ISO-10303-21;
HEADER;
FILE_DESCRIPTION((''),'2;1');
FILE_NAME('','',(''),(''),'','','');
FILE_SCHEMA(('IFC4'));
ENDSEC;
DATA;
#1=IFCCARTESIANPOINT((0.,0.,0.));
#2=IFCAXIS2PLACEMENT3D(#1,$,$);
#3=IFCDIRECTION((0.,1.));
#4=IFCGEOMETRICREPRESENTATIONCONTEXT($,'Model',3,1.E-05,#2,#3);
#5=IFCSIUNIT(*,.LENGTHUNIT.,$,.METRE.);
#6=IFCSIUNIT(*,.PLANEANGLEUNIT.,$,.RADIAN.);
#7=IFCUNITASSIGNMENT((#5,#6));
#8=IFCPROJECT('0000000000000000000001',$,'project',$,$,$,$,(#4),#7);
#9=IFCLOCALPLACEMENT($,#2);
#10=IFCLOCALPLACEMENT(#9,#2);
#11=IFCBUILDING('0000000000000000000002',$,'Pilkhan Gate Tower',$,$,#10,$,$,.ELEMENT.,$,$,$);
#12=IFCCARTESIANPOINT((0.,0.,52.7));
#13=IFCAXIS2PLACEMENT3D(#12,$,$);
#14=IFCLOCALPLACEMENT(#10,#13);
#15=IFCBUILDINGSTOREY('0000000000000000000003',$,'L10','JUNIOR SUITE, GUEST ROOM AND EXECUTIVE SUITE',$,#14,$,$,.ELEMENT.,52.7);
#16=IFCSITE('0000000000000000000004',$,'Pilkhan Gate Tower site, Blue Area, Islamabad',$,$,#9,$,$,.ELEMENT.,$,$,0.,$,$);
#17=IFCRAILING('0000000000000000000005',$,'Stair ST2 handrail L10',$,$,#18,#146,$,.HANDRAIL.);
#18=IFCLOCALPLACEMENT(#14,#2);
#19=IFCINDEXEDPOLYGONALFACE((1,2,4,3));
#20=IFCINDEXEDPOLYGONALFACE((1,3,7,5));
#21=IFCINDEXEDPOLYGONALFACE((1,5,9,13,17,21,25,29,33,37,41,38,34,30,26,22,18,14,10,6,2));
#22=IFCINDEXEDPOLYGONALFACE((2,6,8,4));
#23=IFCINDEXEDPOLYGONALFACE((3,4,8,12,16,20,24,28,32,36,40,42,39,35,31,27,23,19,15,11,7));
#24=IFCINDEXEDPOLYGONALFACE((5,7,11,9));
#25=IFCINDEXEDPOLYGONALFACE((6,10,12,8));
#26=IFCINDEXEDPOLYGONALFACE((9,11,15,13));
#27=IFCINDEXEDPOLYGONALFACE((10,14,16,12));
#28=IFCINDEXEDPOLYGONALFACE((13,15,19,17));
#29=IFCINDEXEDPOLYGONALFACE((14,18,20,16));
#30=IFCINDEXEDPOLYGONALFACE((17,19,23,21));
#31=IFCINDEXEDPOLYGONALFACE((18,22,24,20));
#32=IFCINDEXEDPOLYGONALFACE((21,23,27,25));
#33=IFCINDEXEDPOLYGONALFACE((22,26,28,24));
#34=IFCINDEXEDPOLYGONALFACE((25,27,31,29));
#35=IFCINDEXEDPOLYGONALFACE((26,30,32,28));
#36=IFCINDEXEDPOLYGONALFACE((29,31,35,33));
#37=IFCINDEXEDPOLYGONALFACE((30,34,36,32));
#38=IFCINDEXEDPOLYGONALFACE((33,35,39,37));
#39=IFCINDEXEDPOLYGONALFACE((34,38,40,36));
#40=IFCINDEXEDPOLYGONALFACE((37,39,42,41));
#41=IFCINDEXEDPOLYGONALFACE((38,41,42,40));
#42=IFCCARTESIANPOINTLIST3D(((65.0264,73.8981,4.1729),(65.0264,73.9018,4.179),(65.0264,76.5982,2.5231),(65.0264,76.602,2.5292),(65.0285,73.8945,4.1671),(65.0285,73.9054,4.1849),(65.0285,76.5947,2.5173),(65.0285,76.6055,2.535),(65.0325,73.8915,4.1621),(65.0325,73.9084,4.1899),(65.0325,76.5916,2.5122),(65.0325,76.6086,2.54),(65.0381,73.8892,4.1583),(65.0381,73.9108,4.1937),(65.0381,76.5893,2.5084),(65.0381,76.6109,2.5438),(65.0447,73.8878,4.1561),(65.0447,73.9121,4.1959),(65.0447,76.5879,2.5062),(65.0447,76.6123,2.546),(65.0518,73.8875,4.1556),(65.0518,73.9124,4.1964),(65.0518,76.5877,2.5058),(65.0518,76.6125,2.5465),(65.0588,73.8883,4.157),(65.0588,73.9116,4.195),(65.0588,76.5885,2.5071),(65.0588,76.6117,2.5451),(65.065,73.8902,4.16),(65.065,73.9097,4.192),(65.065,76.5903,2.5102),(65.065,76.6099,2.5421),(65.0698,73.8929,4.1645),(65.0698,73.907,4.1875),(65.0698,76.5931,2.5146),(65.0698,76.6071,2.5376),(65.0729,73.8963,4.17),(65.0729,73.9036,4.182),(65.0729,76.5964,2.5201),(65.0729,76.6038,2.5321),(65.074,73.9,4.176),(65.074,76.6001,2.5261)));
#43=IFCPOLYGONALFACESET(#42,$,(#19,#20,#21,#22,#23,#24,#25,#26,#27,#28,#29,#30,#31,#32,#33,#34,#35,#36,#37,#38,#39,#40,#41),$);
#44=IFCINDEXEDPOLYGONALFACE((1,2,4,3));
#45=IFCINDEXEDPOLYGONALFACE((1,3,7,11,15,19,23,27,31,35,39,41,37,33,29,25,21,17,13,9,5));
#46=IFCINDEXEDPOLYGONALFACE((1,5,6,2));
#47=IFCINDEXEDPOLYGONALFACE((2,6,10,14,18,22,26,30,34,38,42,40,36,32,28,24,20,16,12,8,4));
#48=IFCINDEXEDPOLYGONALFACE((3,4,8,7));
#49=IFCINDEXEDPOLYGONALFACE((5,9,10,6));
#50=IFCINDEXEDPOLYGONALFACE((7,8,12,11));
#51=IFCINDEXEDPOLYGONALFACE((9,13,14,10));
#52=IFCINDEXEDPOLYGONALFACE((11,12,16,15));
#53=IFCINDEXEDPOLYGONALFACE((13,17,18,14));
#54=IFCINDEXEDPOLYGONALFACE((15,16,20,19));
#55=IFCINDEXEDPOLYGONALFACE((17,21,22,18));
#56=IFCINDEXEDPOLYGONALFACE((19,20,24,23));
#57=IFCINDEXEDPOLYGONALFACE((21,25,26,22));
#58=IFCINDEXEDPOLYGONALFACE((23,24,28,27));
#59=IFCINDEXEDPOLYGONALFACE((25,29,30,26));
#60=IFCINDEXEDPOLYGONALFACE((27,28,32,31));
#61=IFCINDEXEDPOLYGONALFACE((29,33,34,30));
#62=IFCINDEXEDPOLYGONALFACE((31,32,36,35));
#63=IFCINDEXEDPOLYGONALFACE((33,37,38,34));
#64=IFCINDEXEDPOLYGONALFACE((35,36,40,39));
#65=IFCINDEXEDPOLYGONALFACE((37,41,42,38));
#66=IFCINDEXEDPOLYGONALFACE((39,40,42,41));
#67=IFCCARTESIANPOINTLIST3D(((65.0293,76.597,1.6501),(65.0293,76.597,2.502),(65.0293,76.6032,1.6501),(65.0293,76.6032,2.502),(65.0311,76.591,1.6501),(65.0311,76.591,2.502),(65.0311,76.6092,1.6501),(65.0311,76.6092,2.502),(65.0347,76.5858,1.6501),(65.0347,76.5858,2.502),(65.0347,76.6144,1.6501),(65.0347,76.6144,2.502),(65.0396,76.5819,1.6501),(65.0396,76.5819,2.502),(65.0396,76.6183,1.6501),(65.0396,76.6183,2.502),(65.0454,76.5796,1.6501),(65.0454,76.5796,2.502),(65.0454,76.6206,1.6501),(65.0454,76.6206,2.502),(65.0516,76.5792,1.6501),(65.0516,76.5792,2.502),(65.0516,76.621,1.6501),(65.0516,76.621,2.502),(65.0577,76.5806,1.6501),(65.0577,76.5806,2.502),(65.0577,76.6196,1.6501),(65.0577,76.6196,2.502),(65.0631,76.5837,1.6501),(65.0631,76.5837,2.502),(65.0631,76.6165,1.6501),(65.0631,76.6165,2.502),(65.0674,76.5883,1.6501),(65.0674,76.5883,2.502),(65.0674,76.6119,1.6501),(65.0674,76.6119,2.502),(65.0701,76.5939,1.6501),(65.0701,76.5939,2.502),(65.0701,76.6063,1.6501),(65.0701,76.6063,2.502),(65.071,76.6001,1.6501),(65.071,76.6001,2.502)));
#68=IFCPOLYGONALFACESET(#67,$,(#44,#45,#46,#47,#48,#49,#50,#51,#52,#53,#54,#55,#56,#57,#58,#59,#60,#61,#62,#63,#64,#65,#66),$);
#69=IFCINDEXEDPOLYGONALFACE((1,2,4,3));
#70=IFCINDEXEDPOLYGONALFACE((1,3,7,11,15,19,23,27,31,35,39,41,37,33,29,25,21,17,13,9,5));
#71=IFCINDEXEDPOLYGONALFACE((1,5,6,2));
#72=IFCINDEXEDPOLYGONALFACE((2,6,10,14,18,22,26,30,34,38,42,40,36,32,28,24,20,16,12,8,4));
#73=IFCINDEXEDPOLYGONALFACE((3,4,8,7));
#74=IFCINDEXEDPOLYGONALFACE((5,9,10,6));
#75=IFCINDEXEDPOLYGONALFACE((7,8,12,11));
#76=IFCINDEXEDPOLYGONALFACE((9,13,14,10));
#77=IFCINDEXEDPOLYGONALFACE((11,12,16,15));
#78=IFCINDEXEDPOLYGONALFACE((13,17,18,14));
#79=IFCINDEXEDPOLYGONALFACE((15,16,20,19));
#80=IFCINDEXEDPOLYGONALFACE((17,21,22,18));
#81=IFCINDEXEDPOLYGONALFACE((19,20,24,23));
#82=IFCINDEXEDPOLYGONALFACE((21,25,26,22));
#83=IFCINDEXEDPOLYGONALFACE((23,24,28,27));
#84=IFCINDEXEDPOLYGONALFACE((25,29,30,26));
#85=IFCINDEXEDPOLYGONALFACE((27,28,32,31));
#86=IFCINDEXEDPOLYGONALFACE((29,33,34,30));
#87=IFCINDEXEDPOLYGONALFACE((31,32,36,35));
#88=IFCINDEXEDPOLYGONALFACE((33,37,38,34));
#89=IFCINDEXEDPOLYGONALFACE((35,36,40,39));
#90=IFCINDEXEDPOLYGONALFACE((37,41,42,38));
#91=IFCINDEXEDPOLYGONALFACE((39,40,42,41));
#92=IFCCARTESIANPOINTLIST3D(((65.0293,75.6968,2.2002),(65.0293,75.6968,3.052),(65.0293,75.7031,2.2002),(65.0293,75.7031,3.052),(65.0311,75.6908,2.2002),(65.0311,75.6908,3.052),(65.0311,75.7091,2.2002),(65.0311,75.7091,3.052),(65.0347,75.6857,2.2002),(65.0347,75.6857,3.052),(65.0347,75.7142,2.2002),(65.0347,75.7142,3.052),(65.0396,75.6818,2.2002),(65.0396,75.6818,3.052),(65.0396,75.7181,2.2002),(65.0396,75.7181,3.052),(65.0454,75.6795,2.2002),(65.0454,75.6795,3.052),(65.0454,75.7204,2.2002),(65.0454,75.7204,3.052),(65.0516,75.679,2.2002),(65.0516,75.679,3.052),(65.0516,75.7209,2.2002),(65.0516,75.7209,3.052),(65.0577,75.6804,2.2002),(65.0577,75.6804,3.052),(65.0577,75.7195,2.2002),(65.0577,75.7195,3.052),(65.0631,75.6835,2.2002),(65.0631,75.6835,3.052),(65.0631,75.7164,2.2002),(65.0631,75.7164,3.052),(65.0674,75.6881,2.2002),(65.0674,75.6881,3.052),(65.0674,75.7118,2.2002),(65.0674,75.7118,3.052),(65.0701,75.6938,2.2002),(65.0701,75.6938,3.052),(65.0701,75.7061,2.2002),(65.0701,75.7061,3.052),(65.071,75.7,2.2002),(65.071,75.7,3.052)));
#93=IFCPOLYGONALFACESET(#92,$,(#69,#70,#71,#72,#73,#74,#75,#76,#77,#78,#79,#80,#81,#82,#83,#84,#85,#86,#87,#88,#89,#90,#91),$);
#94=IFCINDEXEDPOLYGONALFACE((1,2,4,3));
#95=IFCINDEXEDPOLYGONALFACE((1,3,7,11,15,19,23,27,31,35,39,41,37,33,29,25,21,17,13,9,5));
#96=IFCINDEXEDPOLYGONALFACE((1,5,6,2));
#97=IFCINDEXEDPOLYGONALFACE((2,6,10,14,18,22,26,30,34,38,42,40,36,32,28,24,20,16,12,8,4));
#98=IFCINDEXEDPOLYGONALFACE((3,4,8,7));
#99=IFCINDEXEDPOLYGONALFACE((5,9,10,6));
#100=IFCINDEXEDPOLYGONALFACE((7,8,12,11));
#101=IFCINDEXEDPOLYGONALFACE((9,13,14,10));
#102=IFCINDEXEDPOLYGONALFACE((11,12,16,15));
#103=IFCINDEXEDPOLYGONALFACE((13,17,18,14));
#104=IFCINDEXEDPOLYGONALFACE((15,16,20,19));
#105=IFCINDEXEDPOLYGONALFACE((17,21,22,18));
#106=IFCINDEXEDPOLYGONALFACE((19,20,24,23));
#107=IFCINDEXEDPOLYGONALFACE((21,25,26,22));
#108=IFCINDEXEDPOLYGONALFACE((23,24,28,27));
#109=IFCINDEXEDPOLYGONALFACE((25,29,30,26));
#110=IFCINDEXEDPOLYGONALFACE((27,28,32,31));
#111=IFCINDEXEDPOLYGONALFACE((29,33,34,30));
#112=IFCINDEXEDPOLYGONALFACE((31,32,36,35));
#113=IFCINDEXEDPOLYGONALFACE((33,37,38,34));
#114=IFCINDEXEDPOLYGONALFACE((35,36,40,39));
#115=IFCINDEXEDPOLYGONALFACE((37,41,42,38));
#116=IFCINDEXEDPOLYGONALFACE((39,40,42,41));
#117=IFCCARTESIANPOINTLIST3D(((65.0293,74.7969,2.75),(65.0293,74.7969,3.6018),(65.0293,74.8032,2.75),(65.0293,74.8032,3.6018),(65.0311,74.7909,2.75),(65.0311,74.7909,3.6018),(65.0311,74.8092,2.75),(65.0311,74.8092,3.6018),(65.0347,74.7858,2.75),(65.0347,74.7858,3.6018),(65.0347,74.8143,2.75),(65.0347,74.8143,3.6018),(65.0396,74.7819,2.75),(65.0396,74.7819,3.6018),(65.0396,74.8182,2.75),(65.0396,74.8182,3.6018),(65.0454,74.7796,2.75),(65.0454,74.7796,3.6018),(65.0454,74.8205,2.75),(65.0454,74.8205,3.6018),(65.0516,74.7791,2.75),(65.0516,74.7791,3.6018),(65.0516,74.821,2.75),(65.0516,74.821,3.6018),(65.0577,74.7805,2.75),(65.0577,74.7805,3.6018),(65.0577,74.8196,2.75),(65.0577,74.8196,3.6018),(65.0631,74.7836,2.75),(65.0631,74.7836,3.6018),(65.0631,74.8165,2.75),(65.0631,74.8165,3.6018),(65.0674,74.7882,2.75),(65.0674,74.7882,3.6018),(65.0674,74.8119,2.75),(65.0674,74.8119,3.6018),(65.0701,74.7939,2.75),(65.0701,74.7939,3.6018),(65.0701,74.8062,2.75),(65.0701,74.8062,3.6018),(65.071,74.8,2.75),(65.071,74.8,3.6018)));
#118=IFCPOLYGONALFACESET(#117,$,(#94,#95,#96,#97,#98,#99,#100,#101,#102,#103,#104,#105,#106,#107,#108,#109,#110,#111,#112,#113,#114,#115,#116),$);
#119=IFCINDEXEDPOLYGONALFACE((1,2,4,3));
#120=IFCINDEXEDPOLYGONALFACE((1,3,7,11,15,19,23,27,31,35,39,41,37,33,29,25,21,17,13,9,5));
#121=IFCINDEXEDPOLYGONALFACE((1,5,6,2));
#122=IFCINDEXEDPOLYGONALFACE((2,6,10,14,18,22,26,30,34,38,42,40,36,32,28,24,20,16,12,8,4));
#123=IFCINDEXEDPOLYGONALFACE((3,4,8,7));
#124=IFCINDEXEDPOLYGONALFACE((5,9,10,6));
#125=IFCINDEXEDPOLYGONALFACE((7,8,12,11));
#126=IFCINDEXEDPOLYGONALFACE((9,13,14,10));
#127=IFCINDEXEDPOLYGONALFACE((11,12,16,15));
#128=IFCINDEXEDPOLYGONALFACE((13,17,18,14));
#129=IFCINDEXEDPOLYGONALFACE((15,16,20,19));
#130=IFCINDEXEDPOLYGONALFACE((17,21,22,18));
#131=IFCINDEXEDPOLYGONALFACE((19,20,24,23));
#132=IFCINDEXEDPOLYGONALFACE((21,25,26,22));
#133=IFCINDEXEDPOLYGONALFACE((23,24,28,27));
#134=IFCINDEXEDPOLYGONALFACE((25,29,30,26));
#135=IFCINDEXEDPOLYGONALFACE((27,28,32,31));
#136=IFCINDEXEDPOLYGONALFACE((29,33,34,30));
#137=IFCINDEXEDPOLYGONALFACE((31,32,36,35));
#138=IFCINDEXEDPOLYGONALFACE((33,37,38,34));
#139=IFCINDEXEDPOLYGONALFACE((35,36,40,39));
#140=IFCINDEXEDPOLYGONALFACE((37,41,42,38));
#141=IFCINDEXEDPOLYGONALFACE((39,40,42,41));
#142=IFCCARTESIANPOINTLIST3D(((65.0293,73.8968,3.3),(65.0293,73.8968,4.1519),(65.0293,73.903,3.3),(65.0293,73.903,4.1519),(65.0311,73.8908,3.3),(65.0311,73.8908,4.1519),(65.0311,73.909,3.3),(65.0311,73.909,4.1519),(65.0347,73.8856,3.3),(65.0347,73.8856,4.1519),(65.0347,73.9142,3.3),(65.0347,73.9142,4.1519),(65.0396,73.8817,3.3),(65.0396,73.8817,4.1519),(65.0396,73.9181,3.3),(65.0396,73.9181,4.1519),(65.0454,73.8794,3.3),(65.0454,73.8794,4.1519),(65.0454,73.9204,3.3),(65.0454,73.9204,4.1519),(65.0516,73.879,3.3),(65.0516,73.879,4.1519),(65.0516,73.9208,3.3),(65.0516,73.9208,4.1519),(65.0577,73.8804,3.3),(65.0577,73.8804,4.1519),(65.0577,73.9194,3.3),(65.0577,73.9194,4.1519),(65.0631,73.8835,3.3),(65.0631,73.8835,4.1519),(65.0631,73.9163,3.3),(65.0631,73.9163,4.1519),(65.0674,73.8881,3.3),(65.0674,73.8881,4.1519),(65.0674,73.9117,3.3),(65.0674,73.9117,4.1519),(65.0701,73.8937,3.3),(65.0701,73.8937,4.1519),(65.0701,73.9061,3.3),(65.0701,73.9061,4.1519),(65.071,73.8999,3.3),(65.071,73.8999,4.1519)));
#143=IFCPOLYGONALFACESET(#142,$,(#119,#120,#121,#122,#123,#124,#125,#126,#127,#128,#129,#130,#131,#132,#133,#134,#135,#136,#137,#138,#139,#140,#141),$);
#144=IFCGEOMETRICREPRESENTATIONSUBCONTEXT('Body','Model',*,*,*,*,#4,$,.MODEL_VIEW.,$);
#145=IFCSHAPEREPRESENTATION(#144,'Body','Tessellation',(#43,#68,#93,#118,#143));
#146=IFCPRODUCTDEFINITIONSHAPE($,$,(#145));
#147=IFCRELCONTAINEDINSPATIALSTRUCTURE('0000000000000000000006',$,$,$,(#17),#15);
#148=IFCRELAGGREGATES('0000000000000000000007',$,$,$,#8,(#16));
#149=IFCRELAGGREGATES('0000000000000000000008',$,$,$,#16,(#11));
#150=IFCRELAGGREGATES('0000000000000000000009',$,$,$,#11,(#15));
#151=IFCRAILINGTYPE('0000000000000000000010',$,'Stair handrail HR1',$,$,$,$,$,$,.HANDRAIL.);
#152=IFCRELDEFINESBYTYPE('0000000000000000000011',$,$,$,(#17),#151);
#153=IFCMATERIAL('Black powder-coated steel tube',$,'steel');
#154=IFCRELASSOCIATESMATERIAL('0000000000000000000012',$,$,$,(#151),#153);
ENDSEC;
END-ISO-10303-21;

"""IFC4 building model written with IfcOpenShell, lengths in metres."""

from ifc_helpers import new_model, si_unit, direction, frame, origin, origin_2d, place, context, subcontext, project, spatial, circle, extrude, material, type_object, element, save


model = new_model("IFC4")

# Units and contexts
model_context = context("Model", 3, precision=1e-05, world=origin(), true_north=direction((0.0, 1.0)))
body_context = subcontext(model_context, "Body", "Model", "MODEL_VIEW")
ifc_project = project(units=[si_unit("LENGTHUNIT", "METRE"), si_unit("PLANEANGLEUNIT", "RADIAN")], contexts=[model_context])

# Site, building, storey
site_placement = place(None, origin())
site = spatial("IfcSite", under=ifc_project, at=site_placement, Name="Pilkhan Gate Tower site, Blue Area, Islamabad", CompositionType="ELEMENT", RefElevation=0.0)
building_placement = place(site_placement, origin())
building = spatial("IfcBuilding", under=site, at=building_placement, Name="Pilkhan Gate Tower", CompositionType="ELEMENT")
storey_placement = place(building_placement, frame((0.0, 0.0, 52.7)))
storey = spatial("IfcBuildingStorey", under=building, at=storey_placement, Name="L10", Description="JUNIOR SUITE, GUEST ROOM AND EXECUTIVE SUITE", CompositionType="ELEMENT", Elevation=52.7)

# Railing
ifc_material_1 = material(Name="Black powder-coated steel tube", Category="steel")
railing_type_1 = type_object("IfcRailingType", Name="Stair handrail HR1", PredefinedType="HANDRAIL", material=ifc_material_1)
railing_1_placement = place(storey_placement, frame((65.05, 76.6001, 1.6501)))
element("IfcRailing", 1, at=railing_1_placement, inside=storey, type_object=railing_type_1, Name="Stair ST2 handrail L10", PredefinedType="HANDRAIL", context=body_context, shape_type="SweptSolid", body=[
    extrude(circle(Radius=0.0239, at=origin_2d()), frame((0.0, 0.0, 0.876), z_axis=(0.0, -0.853312, 0.5214), x_axis=(1.0, 0.0, 0.0)), (0.0, 0.0, 1.0), 3.1643),
    extrude(circle(Radius=0.021, at=origin_2d()), origin(), (0.0, 0.0, 1.0), 0.8518),
    extrude(circle(Radius=0.021, at=origin_2d()), frame((0.0, -0.9001, 0.55)), (0.0, 0.0, 1.0), 0.8518),
    extrude(circle(Radius=0.021, at=origin_2d()), frame((0.0, -1.8, 1.0999)), (0.0, 0.0, 1.0), 0.8518),
    extrude(circle(Radius=0.021, at=origin_2d()), frame((0.0, -2.7002, 1.6499)), (0.0, 0.0, 1.0), 0.8518),
])

save(model, "model.ifc")
